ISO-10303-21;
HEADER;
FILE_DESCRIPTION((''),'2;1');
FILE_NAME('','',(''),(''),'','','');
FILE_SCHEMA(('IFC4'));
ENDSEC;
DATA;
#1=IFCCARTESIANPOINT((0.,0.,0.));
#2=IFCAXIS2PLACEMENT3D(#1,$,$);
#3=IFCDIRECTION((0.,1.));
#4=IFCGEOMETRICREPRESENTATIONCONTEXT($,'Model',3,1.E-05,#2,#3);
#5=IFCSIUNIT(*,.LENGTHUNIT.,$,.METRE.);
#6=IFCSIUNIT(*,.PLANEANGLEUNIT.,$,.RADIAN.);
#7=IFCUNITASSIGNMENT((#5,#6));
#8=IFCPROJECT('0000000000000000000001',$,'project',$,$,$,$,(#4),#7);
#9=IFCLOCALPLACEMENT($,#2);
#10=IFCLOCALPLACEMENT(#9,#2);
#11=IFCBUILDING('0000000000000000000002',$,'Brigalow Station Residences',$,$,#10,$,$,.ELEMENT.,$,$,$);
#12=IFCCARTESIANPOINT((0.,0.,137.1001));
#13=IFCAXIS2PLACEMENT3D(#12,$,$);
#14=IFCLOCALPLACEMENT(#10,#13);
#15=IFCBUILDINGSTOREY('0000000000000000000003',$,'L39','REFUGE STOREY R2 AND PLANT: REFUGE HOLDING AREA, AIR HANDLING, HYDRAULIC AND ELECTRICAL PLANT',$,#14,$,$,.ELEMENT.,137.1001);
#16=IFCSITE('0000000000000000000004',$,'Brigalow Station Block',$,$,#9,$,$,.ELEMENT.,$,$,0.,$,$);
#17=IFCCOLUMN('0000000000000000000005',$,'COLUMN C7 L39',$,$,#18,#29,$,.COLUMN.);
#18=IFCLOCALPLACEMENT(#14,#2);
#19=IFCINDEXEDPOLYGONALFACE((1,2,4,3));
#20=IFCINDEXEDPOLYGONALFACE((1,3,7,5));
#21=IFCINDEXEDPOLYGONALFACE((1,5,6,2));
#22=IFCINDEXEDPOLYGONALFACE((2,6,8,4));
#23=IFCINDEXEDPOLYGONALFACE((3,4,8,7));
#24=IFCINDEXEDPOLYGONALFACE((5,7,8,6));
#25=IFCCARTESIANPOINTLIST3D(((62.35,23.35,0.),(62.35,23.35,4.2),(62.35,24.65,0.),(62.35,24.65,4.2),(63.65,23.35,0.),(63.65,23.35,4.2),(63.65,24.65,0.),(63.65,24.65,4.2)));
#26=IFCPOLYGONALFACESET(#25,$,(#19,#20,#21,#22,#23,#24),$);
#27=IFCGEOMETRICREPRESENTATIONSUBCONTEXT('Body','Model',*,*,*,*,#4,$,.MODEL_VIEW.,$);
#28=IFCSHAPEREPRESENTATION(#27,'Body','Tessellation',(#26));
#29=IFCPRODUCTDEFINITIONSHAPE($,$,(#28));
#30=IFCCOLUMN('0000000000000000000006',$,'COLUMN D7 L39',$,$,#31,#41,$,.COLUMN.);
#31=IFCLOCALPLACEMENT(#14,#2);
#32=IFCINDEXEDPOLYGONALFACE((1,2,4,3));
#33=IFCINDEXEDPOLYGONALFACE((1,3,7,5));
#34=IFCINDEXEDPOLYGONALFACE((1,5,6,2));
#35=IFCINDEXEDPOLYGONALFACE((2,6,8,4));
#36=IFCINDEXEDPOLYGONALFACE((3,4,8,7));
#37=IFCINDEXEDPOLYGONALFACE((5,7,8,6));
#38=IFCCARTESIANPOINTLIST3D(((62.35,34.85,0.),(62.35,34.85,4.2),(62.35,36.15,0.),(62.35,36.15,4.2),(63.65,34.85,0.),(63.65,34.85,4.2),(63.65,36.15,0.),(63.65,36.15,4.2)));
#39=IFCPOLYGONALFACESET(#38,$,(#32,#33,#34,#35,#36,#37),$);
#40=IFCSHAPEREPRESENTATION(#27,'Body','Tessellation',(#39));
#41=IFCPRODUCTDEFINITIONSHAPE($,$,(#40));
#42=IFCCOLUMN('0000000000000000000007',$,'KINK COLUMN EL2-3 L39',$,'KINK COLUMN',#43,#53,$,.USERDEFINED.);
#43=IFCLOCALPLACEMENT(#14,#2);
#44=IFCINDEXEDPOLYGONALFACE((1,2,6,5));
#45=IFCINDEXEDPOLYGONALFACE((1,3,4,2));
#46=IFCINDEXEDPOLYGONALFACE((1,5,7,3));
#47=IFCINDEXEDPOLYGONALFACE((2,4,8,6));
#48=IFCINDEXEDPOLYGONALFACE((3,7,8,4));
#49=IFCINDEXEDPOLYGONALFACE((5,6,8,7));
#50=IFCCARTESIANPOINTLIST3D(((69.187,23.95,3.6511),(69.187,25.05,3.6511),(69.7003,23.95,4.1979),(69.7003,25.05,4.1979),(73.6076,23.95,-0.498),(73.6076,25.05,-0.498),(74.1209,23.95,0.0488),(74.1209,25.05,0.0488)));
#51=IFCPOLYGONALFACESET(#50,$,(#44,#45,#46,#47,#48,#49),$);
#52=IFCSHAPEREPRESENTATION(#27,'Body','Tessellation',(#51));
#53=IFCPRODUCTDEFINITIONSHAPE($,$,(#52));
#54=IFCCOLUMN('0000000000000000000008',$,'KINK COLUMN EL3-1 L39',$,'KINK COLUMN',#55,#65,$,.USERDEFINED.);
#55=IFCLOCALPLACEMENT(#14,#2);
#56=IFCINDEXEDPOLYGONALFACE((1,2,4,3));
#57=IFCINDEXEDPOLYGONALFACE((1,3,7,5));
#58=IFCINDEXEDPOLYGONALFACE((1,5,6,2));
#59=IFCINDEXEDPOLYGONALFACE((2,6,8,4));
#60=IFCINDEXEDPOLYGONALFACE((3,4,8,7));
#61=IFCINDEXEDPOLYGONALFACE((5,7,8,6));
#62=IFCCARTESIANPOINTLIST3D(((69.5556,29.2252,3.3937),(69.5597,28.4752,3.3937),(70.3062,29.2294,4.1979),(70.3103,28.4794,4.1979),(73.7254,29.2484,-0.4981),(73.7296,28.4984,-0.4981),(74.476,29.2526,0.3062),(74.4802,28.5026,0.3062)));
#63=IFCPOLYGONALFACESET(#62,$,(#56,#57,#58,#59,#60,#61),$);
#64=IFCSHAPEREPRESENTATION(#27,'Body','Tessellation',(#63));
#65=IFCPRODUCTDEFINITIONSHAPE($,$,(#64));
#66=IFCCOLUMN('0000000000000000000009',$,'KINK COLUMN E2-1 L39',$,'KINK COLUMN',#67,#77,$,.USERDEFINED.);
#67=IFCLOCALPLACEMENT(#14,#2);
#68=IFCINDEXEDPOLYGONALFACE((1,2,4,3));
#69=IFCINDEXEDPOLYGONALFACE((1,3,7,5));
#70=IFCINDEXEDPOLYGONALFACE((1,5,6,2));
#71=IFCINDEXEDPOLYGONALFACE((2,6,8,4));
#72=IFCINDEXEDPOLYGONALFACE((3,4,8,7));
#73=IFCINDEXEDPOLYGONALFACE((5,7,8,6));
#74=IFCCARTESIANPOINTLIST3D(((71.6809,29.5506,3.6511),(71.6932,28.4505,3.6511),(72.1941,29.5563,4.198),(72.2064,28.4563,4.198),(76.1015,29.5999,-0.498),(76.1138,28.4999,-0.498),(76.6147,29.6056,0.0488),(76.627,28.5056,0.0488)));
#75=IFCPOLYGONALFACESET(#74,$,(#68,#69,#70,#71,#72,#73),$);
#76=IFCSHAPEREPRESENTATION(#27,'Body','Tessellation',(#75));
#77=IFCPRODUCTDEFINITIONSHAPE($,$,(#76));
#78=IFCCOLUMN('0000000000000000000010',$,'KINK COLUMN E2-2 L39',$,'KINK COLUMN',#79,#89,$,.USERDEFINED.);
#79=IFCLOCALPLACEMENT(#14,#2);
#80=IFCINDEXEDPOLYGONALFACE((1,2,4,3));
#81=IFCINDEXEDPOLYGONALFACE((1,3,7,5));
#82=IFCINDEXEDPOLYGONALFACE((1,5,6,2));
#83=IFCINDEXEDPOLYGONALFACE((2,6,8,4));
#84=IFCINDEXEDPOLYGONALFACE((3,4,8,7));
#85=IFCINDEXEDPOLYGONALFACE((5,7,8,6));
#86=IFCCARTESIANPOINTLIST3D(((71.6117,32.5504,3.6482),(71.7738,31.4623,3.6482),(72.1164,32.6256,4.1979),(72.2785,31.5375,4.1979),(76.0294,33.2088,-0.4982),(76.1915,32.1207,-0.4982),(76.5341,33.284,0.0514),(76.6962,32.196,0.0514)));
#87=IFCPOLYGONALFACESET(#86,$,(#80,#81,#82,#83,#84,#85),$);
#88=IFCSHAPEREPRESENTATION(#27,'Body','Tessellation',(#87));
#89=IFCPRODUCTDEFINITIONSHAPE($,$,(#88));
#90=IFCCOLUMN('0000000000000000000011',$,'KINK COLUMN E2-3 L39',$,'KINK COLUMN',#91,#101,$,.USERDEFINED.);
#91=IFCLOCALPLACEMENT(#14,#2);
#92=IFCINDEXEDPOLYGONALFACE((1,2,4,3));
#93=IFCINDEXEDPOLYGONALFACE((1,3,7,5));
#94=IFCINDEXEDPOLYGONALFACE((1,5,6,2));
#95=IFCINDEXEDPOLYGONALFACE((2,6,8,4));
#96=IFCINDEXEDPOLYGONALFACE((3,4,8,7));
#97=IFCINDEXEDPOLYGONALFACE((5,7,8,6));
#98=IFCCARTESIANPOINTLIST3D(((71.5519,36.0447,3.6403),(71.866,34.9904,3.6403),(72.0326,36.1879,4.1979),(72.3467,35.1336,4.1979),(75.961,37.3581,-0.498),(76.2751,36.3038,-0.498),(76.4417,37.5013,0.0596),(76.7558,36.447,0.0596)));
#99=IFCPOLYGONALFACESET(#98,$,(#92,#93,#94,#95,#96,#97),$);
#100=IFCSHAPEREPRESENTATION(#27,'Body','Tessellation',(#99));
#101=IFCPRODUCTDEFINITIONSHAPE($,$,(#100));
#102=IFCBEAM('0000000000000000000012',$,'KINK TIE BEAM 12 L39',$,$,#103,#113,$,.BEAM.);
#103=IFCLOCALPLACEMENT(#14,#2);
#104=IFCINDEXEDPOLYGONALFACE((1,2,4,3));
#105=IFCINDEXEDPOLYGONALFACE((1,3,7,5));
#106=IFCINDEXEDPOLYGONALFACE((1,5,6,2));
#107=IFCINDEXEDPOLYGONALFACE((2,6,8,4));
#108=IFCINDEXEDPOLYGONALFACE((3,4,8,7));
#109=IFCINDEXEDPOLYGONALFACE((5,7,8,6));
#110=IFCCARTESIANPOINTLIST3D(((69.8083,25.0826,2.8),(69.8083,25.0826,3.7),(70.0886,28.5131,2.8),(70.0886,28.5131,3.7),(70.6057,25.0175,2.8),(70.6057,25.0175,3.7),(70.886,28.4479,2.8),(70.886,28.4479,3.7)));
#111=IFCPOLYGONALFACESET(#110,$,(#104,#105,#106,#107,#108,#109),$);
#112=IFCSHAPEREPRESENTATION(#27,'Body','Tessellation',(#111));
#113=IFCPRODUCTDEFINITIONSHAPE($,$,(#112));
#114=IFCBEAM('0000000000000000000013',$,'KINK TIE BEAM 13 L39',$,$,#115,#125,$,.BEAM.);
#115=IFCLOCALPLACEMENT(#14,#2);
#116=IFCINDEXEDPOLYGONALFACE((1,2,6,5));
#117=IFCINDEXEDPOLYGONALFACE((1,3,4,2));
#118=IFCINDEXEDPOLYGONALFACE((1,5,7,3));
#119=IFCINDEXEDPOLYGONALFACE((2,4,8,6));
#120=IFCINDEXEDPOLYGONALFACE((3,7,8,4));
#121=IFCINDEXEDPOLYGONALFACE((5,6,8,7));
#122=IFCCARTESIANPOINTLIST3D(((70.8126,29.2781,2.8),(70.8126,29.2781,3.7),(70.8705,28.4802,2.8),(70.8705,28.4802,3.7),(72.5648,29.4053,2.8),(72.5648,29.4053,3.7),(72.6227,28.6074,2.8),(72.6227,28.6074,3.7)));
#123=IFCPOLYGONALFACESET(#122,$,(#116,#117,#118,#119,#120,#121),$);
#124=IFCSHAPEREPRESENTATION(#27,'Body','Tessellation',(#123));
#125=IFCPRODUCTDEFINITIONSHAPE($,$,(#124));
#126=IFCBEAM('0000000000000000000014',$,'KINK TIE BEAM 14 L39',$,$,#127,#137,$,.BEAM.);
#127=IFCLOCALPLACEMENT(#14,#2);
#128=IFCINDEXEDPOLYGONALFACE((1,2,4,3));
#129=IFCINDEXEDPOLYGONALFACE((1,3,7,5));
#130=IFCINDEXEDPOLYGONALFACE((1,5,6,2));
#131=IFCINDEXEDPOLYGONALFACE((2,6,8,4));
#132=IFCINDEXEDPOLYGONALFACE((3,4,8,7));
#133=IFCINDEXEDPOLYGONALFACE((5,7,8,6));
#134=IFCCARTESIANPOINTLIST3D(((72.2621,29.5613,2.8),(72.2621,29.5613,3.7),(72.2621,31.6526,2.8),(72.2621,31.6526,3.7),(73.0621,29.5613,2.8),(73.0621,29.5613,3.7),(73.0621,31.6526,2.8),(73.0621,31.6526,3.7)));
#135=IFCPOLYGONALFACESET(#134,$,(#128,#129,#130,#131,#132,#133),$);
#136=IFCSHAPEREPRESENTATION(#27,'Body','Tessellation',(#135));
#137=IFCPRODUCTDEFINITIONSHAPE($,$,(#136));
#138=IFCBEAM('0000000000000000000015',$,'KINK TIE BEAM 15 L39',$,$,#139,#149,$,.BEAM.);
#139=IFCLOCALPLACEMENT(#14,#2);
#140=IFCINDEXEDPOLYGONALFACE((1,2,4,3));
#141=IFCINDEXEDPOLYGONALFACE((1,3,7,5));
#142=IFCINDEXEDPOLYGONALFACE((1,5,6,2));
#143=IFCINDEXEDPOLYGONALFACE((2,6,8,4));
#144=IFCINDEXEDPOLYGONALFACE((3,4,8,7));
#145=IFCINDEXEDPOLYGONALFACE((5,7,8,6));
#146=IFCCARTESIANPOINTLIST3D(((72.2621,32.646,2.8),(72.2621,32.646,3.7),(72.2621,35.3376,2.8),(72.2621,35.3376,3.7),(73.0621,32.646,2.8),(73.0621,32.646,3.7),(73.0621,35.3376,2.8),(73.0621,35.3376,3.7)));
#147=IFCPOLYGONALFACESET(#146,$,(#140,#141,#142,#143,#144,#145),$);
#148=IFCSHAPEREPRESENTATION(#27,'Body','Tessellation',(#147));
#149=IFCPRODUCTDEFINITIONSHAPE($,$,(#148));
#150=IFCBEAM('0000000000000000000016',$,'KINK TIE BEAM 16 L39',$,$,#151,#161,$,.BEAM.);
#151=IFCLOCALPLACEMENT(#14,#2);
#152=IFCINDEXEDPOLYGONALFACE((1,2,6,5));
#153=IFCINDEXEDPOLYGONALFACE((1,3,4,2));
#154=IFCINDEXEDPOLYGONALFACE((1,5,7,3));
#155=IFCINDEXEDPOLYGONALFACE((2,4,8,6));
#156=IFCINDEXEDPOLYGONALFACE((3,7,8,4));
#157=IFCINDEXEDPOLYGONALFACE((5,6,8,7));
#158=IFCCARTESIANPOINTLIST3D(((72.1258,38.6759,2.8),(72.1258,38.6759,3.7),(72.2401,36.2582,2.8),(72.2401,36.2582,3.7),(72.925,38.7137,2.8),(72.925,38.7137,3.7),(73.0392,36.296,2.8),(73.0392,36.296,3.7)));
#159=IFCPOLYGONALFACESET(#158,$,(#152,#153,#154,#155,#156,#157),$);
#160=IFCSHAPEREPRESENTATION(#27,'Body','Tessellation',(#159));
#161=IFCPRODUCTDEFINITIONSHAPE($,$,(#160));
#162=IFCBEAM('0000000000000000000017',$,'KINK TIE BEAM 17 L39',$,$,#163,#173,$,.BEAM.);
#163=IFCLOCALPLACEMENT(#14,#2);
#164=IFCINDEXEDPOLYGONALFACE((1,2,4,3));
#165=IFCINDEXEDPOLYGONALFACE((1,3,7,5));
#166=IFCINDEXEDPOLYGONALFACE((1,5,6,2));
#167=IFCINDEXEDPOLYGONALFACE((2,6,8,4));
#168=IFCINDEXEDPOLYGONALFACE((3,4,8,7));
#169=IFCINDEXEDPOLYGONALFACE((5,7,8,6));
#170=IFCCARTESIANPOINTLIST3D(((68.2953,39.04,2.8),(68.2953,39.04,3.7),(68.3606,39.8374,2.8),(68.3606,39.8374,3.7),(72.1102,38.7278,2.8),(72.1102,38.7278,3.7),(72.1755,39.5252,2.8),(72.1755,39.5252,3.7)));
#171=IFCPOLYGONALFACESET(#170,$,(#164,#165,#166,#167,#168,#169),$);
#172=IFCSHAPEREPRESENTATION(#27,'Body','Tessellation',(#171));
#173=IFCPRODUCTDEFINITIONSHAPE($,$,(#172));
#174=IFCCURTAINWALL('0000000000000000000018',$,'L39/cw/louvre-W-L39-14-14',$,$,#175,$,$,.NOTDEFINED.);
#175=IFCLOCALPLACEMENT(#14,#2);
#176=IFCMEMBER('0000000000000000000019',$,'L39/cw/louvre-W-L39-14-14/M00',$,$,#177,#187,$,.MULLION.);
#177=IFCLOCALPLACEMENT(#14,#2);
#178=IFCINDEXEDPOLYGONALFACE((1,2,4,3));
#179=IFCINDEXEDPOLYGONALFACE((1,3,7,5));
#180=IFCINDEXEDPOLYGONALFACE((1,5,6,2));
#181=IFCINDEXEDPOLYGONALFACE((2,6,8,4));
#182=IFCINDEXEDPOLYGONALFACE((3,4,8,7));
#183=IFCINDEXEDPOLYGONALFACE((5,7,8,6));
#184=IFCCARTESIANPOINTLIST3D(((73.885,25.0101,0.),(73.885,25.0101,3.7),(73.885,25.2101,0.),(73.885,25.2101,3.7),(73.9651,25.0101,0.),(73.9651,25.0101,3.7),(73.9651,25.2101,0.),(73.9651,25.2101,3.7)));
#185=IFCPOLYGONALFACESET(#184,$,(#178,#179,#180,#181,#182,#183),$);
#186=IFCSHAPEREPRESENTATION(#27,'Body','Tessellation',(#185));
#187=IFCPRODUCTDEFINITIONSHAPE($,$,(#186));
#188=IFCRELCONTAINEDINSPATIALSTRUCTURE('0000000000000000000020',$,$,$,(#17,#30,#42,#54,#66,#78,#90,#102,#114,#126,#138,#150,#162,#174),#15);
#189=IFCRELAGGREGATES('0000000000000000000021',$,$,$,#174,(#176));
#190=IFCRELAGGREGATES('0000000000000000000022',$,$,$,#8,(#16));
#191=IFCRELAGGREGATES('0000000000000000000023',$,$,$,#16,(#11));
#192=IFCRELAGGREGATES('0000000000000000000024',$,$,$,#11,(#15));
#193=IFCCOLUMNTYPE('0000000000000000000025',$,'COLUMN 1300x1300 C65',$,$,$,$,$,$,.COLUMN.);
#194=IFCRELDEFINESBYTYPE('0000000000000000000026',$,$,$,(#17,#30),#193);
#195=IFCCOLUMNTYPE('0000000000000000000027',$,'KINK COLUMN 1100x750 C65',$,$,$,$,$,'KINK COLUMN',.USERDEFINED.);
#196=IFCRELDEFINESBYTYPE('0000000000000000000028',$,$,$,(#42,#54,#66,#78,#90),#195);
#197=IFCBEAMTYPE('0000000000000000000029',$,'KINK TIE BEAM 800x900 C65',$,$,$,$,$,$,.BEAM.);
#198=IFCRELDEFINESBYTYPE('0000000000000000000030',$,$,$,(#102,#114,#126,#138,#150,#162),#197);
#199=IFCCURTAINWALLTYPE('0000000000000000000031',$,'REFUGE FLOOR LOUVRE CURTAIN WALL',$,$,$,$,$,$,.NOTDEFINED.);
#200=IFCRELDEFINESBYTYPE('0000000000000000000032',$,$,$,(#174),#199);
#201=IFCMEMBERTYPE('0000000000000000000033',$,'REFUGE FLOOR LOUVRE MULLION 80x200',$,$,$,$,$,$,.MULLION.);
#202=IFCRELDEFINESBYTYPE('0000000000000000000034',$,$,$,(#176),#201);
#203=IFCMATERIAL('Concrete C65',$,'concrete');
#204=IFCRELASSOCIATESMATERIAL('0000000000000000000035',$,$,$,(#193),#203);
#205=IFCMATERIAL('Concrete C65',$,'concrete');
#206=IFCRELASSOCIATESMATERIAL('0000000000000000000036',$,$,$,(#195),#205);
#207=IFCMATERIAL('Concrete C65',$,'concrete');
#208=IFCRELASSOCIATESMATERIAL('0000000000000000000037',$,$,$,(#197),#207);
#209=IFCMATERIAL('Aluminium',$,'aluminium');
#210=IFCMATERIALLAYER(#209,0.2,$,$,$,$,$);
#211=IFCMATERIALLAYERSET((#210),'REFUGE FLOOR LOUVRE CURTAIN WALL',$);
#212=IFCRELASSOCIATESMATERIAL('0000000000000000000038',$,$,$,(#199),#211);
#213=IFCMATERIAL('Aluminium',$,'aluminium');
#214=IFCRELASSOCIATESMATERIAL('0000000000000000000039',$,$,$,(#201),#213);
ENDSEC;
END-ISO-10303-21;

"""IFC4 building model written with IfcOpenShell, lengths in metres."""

from ifc_helpers import new_model, si_unit, direction, frame, origin, origin_2d, place, context, subcontext, project, spatial, rectangle, extrude, material, layer, layer_set, material_profile, profile_set, type_object, element, aggregate, save


model = new_model("IFC4")

# Units and contexts
model_context = context("Model", 3, precision=1e-05, world=origin(), true_north=direction((0.0, 1.0)))
body_context = subcontext(model_context, "Body", "Model", "MODEL_VIEW")
ifc_project = project(units=[si_unit("LENGTHUNIT", "METRE"), si_unit("PLANEANGLEUNIT", "RADIAN")], contexts=[model_context])

# Site, building, storey
site_placement = place(None, origin())
site = spatial("IfcSite", under=ifc_project, at=site_placement, Name="Brigalow Station Block", CompositionType="ELEMENT", RefElevation=0.0)
building_placement = place(site_placement, origin())
building = spatial("IfcBuilding", under=site, at=building_placement, Name="Brigalow Station Residences", CompositionType="ELEMENT")
storey_placement = place(building_placement, frame((0.0, 0.0, 137.1001)))
storey = spatial("IfcBuildingStorey", under=building, at=storey_placement, Name="L39", Description="REFUGE STOREY R2 AND PLANT: REFUGE HOLDING AREA, AIR HANDLING, HYDRAULIC AND ELECTRICAL PLANT", CompositionType="ELEMENT", Elevation=137.1001)

# Columns
ifc_material_1 = material(Name="Concrete C65", Category="concrete")
ifc_material_profile_1 = material_profile(ifc_material_1, rectangle(XDim=1.3, YDim=1.3, at=origin_2d()), Name="RC1300x1300")
ifc_profile_set_1 = profile_set([ifc_material_profile_1], Name="Concrete C65")
column_type_1 = type_object("IfcColumnType", Name="COLUMN 1300x1300 C65", PredefinedType="COLUMN", material=ifc_profile_set_1)
for number, where, z_axis, x_axis, name in (
    (1, (63.0, 24.0, 0.0), (0.0, 0.0, 1.0), (1.0, 0.0, 0.0), "COLUMN C7 L39"),
    (2, (63.0, 35.5, 0.0), (0.0, 0.0, 1.0), (1.0, 0.0, 0.0), "COLUMN D7 L39"),
):
    element("IfcColumn", number, at=place(storey_placement, frame(where, z_axis=z_axis, x_axis=x_axis)), inside=storey, type_object=column_type_1, Name=name, PredefinedType="COLUMN", context=body_context, shape_type="SweptSolid", body=[
        extrude(rectangle(XDim=1.3, YDim=1.3, at=origin_2d()), origin(), (0.0, 0.0, 1.0), 4.2),
    ])
ifc_material_2 = material(Name="Concrete C65", Category="concrete")
ifc_material_profile_2 = material_profile(ifc_material_2, rectangle(XDim=1.1001, YDim=0.75, at=origin_2d()), Name="RC1100x750")
ifc_profile_set_2 = profile_set([ifc_material_profile_2], Name="Concrete C65")
column_type_2 = type_object("IfcColumnType", Name="KINK COLUMN 1100x750 C65", ElementType="KINK COLUMN", PredefinedType="USERDEFINED", material=ifc_profile_set_2)
column_1_placement = place(storey_placement, frame((73.8643, 24.5, -0.2246), z_axis=(-0.729142, 0.0, 0.684363), x_axis=(0.0, -1.0, 0.0)))
element("IfcColumn", 3, at=column_1_placement, inside=storey, type_object=column_type_2, Name="KINK COLUMN EL2-3 L39", ObjectType="KINK COLUMN", PredefinedType="USERDEFINED", context=body_context, shape_type="SweptSolid", body=[
    extrude(rectangle(XDim=1.1001, YDim=0.75, at=origin_2d()), origin(), (0.0, 0.0, 1.0), 6.0627),
])
column_2_placement = place(storey_placement, frame((74.1028, 28.8755, -0.0959), z_axis=(-0.731056, -0.004066, 0.682305), x_axis=(0.682294, 0.003795, 0.731068)))
element("IfcColumn", 4, at=column_2_placement, inside=storey, type_object=column_type_2, Name="KINK COLUMN EL3-1 L39", ObjectType="KINK COLUMN", PredefinedType="USERDEFINED", context=body_context, shape_type="SweptSolid", body=[
    extrude(rectangle(XDim=1.1001, YDim=0.75, at=origin_2d()), origin(), (0.0, 0.0, 1.0), 5.7039),
])
column_3_placement = place(storey_placement, frame((76.3643, 29.0527, -0.2246), z_axis=(-0.729117, -0.008134, 0.68434), x_axis=(0.011155, -0.999938, 0.0)))
element("IfcColumn", 5, at=column_3_placement, inside=storey, type_object=column_type_2, Name="KINK COLUMN E2-1 L39", ObjectType="KINK COLUMN", PredefinedType="USERDEFINED", context=body_context, shape_type="SweptSolid", body=[
    extrude(rectangle(XDim=1.1001, YDim=0.75, at=origin_2d()), origin(), (0.0, 0.0, 1.0), 6.063),
])
column_4_placement = place(storey_placement, frame((76.3628, 32.7024, -0.2234), z_axis=(-0.724868, -0.108039, 0.680363), x_axis=(0.147418, -0.989074, 0.0)))
element("IfcColumn", 6, at=column_4_placement, inside=storey, type_object=column_type_2, Name="KINK COLUMN E2-2 L39", ObjectType="KINK COLUMN", PredefinedType="USERDEFINED", context=body_context, shape_type="SweptSolid", body=[
    extrude(rectangle(XDim=1.1001, YDim=0.75, at=origin_2d()), origin(), (0.0, 0.0, 1.0), 6.0945),
])
column_5_placement = place(storey_placement, frame((76.3584, 36.9026, -0.2192), z_axis=(-0.712525, -0.212258, 0.668771), x_axis=(0.285497, -0.95838, 0.0)))
element("IfcColumn", 7, at=column_5_placement, inside=storey, type_object=column_type_2, Name="KINK COLUMN E2-3 L39", ObjectType="KINK COLUMN", PredefinedType="USERDEFINED", context=body_context, shape_type="SweptSolid", body=[
    extrude(rectangle(XDim=1.1001, YDim=0.75, at=origin_2d()), origin(), (0.0, 0.0, 1.0), 6.188),
])

# Beams
ifc_material_3 = material(Name="Concrete C65", Category="concrete")
ifc_material_profile_3 = material_profile(ifc_material_3, rectangle(XDim=0.8, YDim=0.8999, at=origin_2d()), Name="RC800x900")
ifc_profile_set_3 = profile_set([ifc_material_profile_3], Name="Concrete C65")
beam_type = type_object("IfcBeamType", Name="KINK TIE BEAM 800x900 C65", PredefinedType="BEAM", material=ifc_profile_set_3)
beam_1_placement = place(storey_placement, frame((70.207, 25.05, 3.25), z_axis=(0.081431, 0.996679, 0.0), x_axis=(-0.996679, 0.081431, 0.0)))
element("IfcBeam", 8, at=beam_1_placement, inside=storey, type_object=beam_type, Name="KINK TIE BEAM 12 L39", PredefinedType="BEAM", context=body_context, shape_type="SweptSolid", body=[
    extrude(rectangle(XDim=0.8, YDim=0.8999, at=origin_2d()), origin(), (0.0, 0.0, 1.0), 3.4419),
])
beam_2_placement = place(storey_placement, frame((70.8416, 28.8792, 3.25), z_axis=(0.997375, 0.072402, 0.0), x_axis=(-0.072402, 0.997375, 0.0)))
element("IfcBeam", 9, at=beam_2_placement, inside=storey, type_object=beam_type, Name="KINK TIE BEAM 13 L39", PredefinedType="BEAM", context=body_context, shape_type="SweptSolid", body=[
    extrude(rectangle(XDim=0.8, YDim=0.8999, at=origin_2d()), origin(), (0.0, 0.0, 1.0), 1.7568),
])
beam_3_placement = place(storey_placement, frame((72.6621, 29.5613, 3.25), z_axis=(0.0, 1.0, 0.0), x_axis=(-1.0, 0.0, 0.0)))
element("IfcBeam", 10, at=beam_3_placement, inside=storey, type_object=beam_type, Name="KINK TIE BEAM 14 L39", PredefinedType="BEAM", context=body_context, shape_type="SweptSolid", body=[
    extrude(rectangle(XDim=0.8, YDim=0.8999, at=origin_2d()), origin(), (0.0, 0.0, 1.0), 2.0913),
])
beam_4_placement = place(storey_placement, frame((72.6621, 32.646, 3.25), z_axis=(0.0, 1.0, 0.0), x_axis=(-1.0, 0.0, 0.0)))
element("IfcBeam", 11, at=beam_4_placement, inside=storey, type_object=beam_type, Name="KINK TIE BEAM 15 L39", PredefinedType="BEAM", context=body_context, shape_type="SweptSolid", body=[
    extrude(rectangle(XDim=0.8, YDim=0.8999, at=origin_2d()), origin(), (0.0, 0.0, 1.0), 2.6917),
])
beam_5_placement = place(storey_placement, frame((72.6396, 36.2771, 3.25), z_axis=(-0.047206, 0.998885, 0.0), x_axis=(-0.998885, -0.047206, 0.0)))
element("IfcBeam", 12, at=beam_5_placement, inside=storey, type_object=beam_type, Name="KINK TIE BEAM 16 L39", PredefinedType="BEAM", context=body_context, shape_type="SweptSolid", body=[
    extrude(rectangle(XDim=0.8, YDim=0.8999, at=origin_2d()), origin(), (0.0, 0.0, 1.0), 2.4204),
])
beam_6_placement = place(storey_placement, frame((72.1428, 39.1265, 3.25), z_axis=(-0.996667, 0.081578, 0.0), x_axis=(-0.081578, -0.996667, 0.0)))
element("IfcBeam", 13, at=beam_6_placement, inside=storey, type_object=beam_type, Name="KINK TIE BEAM 17 L39", PredefinedType="BEAM", context=body_context, shape_type="SweptSolid", body=[
    extrude(rectangle(XDim=0.8, YDim=0.8999, at=origin_2d()), origin(), (0.0, 0.0, 1.0), 3.8276),
])

# Curtain wall, member
ifc_material_4 = material(Name="Aluminium", Category="aluminium")
ifc_layer_1 = layer(ifc_material_4, 0.2)
ifc_layer_set_1 = layer_set([ifc_layer_1], Name="REFUGE FLOOR LOUVRE CURTAIN WALL")
curtain_wall_type = type_object("IfcCurtainWallType", Name="REFUGE FLOOR LOUVRE CURTAIN WALL", PredefinedType="NOTDEFINED", material=ifc_layer_set_1)
curtain_wall_1_placement = place(storey_placement, origin())
curtain_wall_1 = element("IfcCurtainWall", 14, at=curtain_wall_1_placement, inside=storey, type_object=curtain_wall_type, Name="L39/cw/louvre-W-L39-14-14", PredefinedType="NOTDEFINED")
ifc_material_5 = material(Name="Aluminium", Category="aluminium")
ifc_material_profile_4 = material_profile(ifc_material_5, rectangle(XDim=0.0801, YDim=0.2, at=origin_2d()), Name="REFUGE FLOOR LOUVRE MULLION 80x200")
ifc_profile_set_4 = profile_set([ifc_material_profile_4], Name="Aluminium")
member_type_1 = type_object("IfcMemberType", Name="REFUGE FLOOR LOUVRE MULLION 80x200", PredefinedType="MULLION", material=ifc_profile_set_4)
member_1_placement = place(storey_placement, frame((73.925, 25.1101, 0.0), z_axis=(0.0, 0.0, 1.0), x_axis=(-1.0, 0.0, 0.0)))
member_1 = element("IfcMember", 15, at=member_1_placement, type_object=member_type_1, Name="L39/cw/louvre-W-L39-14-14/M00", PredefinedType="MULLION", context=body_context, shape_type="SweptSolid", body=[
    extrude(rectangle(XDim=0.0801, YDim=0.2, at=origin_2d()), origin(), (0.0, 0.0, 1.0), 3.7),
])

aggregate(curtain_wall_1, [member_1])

save(model, "model.ifc")
